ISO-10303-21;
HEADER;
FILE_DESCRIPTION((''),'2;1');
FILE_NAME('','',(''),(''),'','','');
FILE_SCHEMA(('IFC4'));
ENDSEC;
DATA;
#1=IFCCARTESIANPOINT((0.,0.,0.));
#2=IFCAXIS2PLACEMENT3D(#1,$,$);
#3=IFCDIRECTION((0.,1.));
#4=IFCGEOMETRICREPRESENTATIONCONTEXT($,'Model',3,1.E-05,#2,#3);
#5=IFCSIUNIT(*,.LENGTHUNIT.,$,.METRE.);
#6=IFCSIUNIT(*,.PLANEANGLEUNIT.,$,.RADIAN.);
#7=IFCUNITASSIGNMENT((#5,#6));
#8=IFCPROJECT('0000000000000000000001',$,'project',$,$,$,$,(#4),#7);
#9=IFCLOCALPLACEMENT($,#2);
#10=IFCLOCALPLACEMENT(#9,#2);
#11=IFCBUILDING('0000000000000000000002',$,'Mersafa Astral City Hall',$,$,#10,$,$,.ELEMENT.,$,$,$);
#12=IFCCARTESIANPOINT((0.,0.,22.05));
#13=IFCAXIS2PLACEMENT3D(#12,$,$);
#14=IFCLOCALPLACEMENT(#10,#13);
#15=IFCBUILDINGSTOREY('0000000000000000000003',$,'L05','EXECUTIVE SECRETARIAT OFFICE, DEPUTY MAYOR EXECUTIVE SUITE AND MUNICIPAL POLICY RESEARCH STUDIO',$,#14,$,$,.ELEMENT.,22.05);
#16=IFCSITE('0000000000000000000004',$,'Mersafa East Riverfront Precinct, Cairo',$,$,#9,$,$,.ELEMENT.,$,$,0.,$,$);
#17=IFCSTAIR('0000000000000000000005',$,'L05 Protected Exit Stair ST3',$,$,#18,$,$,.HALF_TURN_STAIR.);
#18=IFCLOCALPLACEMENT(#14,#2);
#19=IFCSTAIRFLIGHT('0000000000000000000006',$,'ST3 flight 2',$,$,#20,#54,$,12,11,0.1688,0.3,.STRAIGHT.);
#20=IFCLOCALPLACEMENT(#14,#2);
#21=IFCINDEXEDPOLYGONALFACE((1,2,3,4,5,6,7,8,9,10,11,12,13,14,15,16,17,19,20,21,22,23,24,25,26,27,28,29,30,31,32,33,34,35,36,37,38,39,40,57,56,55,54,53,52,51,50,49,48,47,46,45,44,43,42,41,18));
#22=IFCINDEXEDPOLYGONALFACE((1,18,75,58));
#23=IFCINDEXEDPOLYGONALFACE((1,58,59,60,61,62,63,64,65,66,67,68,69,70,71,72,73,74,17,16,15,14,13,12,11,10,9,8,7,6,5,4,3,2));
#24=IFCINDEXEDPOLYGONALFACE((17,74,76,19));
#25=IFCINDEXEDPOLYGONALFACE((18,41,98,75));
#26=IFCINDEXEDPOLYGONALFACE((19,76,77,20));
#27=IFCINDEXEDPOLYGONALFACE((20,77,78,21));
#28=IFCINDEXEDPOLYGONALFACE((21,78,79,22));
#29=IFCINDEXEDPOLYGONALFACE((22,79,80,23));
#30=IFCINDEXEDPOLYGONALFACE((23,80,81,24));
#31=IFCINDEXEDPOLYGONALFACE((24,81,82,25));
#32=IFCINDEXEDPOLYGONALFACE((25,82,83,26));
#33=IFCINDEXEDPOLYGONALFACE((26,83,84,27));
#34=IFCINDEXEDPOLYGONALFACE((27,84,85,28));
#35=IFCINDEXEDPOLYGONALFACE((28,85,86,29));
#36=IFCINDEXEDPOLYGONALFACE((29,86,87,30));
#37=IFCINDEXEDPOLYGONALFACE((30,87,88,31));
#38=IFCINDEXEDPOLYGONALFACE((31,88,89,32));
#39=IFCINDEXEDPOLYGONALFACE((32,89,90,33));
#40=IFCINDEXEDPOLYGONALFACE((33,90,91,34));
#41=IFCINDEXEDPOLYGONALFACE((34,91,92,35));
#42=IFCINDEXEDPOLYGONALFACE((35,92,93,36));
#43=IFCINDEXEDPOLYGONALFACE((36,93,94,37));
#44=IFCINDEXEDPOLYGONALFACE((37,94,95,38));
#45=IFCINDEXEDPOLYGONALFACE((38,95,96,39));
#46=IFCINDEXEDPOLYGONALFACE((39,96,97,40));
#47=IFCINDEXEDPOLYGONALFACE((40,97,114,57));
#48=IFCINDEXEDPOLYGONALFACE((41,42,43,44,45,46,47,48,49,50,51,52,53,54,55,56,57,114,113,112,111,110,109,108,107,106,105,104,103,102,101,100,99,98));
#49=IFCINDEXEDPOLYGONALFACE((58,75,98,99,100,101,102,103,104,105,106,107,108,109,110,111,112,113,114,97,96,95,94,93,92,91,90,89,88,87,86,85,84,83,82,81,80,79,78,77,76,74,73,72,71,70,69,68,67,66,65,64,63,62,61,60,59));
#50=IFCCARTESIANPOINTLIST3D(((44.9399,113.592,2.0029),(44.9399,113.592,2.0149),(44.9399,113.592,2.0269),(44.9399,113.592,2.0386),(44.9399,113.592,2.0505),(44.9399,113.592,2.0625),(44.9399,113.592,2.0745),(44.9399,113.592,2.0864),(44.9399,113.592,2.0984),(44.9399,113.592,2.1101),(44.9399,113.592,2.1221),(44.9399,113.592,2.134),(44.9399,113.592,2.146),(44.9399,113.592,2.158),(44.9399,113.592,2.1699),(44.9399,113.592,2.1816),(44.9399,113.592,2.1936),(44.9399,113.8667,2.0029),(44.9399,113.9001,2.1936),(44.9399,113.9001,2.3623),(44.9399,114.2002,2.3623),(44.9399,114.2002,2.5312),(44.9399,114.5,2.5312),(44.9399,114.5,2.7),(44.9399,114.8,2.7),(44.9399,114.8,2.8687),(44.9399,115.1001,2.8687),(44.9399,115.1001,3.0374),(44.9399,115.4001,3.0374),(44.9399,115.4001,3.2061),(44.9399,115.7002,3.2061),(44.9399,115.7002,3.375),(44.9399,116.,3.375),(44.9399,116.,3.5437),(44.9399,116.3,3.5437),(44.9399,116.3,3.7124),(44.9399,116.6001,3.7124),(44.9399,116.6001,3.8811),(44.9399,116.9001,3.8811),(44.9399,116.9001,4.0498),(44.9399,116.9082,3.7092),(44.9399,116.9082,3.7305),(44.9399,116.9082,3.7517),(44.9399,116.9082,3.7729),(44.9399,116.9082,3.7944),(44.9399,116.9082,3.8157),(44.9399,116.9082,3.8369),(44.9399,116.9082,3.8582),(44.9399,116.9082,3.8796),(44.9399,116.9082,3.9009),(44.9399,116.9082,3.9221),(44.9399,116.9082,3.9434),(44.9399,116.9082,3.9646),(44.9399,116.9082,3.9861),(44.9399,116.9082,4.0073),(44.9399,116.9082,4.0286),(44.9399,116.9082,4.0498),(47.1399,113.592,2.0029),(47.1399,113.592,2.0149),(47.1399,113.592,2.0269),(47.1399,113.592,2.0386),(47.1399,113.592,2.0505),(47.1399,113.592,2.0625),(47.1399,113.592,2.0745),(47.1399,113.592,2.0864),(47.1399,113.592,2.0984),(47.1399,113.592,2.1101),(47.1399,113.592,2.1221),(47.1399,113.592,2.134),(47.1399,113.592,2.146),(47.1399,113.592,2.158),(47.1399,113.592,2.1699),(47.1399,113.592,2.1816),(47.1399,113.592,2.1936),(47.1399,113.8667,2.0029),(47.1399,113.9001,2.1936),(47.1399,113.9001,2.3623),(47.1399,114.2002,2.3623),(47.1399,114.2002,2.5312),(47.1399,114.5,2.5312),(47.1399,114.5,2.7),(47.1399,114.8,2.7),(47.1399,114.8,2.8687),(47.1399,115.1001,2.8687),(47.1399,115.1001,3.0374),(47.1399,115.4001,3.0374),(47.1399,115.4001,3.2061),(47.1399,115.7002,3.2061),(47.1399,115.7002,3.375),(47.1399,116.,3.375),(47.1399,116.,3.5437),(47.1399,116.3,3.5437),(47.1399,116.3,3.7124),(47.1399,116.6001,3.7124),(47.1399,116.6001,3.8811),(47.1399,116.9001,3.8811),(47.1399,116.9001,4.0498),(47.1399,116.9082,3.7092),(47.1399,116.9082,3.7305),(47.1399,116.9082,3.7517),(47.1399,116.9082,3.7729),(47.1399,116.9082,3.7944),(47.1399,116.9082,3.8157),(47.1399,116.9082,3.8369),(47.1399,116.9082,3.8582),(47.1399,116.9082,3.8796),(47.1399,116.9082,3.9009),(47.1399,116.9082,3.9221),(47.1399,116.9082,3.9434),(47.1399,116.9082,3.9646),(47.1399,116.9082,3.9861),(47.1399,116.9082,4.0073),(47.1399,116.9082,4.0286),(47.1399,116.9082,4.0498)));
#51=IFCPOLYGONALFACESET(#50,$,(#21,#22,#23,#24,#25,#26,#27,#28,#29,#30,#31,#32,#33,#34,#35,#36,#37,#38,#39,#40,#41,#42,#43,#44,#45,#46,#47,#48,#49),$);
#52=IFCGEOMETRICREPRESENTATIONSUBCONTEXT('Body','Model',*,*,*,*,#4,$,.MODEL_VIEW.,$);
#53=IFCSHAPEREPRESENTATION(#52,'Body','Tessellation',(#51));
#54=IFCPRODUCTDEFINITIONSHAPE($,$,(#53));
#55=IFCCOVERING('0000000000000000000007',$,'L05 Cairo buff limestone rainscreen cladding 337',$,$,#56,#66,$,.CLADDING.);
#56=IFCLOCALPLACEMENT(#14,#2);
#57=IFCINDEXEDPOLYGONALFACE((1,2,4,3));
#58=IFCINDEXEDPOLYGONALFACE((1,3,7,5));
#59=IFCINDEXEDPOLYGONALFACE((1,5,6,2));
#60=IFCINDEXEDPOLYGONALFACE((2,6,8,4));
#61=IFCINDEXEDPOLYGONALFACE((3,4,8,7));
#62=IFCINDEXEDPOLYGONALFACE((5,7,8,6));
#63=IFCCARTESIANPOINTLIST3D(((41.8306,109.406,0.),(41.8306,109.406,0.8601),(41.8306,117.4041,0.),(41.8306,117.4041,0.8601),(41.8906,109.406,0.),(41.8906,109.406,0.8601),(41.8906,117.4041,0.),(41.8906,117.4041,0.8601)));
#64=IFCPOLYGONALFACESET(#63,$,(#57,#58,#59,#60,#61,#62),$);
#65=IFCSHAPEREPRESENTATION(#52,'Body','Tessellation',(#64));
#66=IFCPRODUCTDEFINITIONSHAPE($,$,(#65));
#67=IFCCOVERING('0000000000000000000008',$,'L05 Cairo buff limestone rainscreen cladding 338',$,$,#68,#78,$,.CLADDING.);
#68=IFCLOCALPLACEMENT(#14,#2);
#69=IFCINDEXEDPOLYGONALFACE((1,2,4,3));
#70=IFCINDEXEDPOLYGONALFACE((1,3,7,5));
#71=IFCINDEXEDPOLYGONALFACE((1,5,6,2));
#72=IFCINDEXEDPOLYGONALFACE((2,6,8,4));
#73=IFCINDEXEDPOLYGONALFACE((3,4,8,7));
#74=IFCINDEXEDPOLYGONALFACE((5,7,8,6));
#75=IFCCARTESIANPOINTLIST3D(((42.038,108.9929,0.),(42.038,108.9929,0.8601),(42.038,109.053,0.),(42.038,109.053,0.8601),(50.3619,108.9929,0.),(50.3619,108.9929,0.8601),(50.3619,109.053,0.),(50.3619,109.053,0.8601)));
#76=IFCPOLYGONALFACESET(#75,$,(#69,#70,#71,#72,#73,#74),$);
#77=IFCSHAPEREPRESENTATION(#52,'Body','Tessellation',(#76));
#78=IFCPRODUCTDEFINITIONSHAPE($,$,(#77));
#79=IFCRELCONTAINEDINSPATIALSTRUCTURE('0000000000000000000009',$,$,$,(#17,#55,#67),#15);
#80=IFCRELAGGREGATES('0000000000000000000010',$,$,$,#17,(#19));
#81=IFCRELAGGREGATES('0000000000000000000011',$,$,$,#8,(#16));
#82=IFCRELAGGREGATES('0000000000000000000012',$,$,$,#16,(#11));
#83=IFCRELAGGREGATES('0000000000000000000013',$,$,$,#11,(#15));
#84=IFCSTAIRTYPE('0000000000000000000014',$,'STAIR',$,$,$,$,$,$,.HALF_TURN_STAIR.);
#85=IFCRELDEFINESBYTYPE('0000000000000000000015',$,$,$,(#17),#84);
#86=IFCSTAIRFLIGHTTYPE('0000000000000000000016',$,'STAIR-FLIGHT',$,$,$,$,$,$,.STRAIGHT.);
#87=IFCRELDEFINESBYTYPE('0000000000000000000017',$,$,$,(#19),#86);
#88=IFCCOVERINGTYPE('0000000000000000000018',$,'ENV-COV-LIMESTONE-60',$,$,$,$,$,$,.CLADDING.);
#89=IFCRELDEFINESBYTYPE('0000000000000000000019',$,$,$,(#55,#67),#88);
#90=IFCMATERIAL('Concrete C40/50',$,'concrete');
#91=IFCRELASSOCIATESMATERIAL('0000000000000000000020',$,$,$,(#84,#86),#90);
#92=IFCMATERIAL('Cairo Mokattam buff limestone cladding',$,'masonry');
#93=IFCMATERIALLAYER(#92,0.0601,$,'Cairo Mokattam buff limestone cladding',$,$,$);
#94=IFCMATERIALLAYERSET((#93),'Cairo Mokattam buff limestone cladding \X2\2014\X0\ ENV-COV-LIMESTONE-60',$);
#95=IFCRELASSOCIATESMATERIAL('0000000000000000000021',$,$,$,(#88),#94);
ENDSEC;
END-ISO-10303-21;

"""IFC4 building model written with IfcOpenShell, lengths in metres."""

from ifc_helpers import new_model, si_unit, direction, frame, origin, origin_2d, place, context, subcontext, project, spatial, polyline, rectangle, outline, extrude, material, layer, layer_set, type_object, element, aggregate, save


model = new_model("IFC4")

# Units and contexts
model_context = context("Model", 3, precision=1e-05, world=origin(), true_north=direction((0.0, 1.0)))
body_context = subcontext(model_context, "Body", "Model", "MODEL_VIEW")
ifc_project = project(units=[si_unit("LENGTHUNIT", "METRE"), si_unit("PLANEANGLEUNIT", "RADIAN")], contexts=[model_context])

# Site, building, storey
site_placement = place(None, origin())
site = spatial("IfcSite", under=ifc_project, at=site_placement, Name="Mersafa East Riverfront Precinct, Cairo", CompositionType="ELEMENT", RefElevation=0.0)
building_placement = place(site_placement, origin())
building = spatial("IfcBuilding", under=site, at=building_placement, Name="Mersafa Astral City Hall", CompositionType="ELEMENT")
storey_placement = place(building_placement, frame((0.0, 0.0, 22.05)))
storey = spatial("IfcBuildingStorey", under=building, at=storey_placement, Name="L05", Description="EXECUTIVE SECRETARIAT OFFICE, DEPUTY MAYOR EXECUTIVE SUITE AND MUNICIPAL POLICY RESEARCH STUDIO", CompositionType="ELEMENT", Elevation=22.05)

# Shared definitions
ifc_material_1 = material(Name="Concrete C40/50", Category="concrete")

# Stair, stair flight
stair_type = type_object("IfcStairType", Name="STAIR", PredefinedType="HALF_TURN_STAIR", material=ifc_material_1)
stair_placement = place(storey_placement, origin())
stair = element("IfcStair", 1, at=stair_placement, inside=storey, type_object=stair_type, Name="L05 Protected Exit Stair ST3", PredefinedType="HALF_TURN_STAIR")
stair_flight_type = type_object("IfcStairFlightType", Name="STAIR-FLIGHT", PredefinedType="STRAIGHT", material=ifc_material_1)
stair_flight_1_placement = place(storey_placement, frame((46.04, 113.6001, 2.0249), z_axis=(0.0, 0.0, 1.0), x_axis=(0.0, 1.0, 0.0)))
stair_flight_1 = element("IfcStairFlight", 2, at=stair_flight_1_placement, type_object=stair_flight_type, Name="ST3 flight 2", NumberOfRisers=12, NumberOfTreads=11, PredefinedType="STRAIGHT", RiserHeight=0.1688, TreadLength=0.3, context=body_context, shape_type="SweptSolid", body=[
    extrude(outline(polyline([(-0.0081, -0.022), (-0.0081, -0.01), (-0.0081, 0.002), (-0.0081, 0.0137), (-0.0081, 0.0256), (-0.0081, 0.0376), (-0.0081, 0.0496), (-0.0081, 0.0615), (-0.0081, 0.0735), (-0.0081, 0.0852), (-0.0081, 0.0972), (-0.0081, 0.1091), (-0.0081, 0.1211), (-0.0081, 0.1331), (-0.0081, 0.145), (-0.0081, 0.1567), (-0.0081, 0.1687), (0.3, 0.1687), (0.3, 0.3374), (0.6001, 0.3374), (0.6001, 0.5063), (0.8999, 0.5063), (0.8999, 0.675), (1.2, 0.675), (1.2, 0.8438), (1.5, 0.8438), (1.5, 1.0125), (1.8, 1.0125), (1.8, 1.1812), (2.1001, 1.1812), (2.1001, 1.3501), (2.3999, 1.3501), (2.3999, 1.5188), (2.7, 1.5188), (2.7, 1.6875), (3.0, 1.6875), (3.0, 1.8562), (3.3, 1.8562), (3.3, 2.0249), (3.3081, 2.0249), (3.3081, 2.0037), (3.3081, 1.9824), (3.3081, 1.9612), (3.3081, 1.9397), (3.3081, 1.9185), (3.3081, 1.8972), (3.3081, 1.876), (3.3081, 1.8547), (3.3081, 1.8333), (3.3081, 1.812), (3.3081, 1.7908), (3.3081, 1.7695), (3.3081, 1.748), (3.3081, 1.7268), (3.3081, 1.7056), (3.3081, 1.6843), (0.2666, -0.022), (-0.0081, -0.022)])), frame((0.0, 1.1001, 0.0), z_axis=(0.0, -1.0, 0.0), x_axis=(1.0, 0.0, 0.0)), (0.0, 0.0, 1.0), 2.2),
])
aggregate(stair, [stair_flight_1])

# Coverings
ifc_material_2 = material(Name="Cairo Mokattam buff limestone cladding", Category="masonry")
ifc_layer_1 = layer(ifc_material_2, 0.0601, Name="Cairo Mokattam buff limestone cladding")
ifc_layer_set_1 = layer_set([ifc_layer_1], Name="Cairo Mokattam buff limestone cladding — ENV-COV-LIMESTONE-60")
covering_type = type_object("IfcCoveringType", Name="ENV-COV-LIMESTONE-60", PredefinedType="CLADDING", material=ifc_layer_set_1)
covering_1_placement = place(storey_placement, frame((41.8606, 113.405, 0.0), z_axis=(0.0, 0.0, 1.0), x_axis=(0.0, -1.0, 0.0)))
element("IfcCovering", 3, at=covering_1_placement, inside=storey, type_object=covering_type, Name="L05 Cairo buff limestone rainscreen cladding 337", PredefinedType="CLADDING", context=body_context, shape_type="SweptSolid", body=[
    extrude(rectangle(XDim=7.998, YDim=0.0601, at=origin_2d()), origin(), (0.0, 0.0, 1.0), 0.8601),
])
covering_2_placement = place(storey_placement, frame((46.2, 109.0229, 0.0), z_axis=(0.0, 0.0, 1.0), x_axis=(1.0, 0.0, 0.0)))
element("IfcCovering", 4, at=covering_2_placement, inside=storey, type_object=covering_type, Name="L05 Cairo buff limestone rainscreen cladding 338", PredefinedType="CLADDING", context=body_context, shape_type="SweptSolid", body=[
    extrude(rectangle(XDim=8.324, YDim=0.0601, at=origin_2d()), origin(), (0.0, 0.0, 1.0), 0.8601),
])

save(model, "model.ifc")
